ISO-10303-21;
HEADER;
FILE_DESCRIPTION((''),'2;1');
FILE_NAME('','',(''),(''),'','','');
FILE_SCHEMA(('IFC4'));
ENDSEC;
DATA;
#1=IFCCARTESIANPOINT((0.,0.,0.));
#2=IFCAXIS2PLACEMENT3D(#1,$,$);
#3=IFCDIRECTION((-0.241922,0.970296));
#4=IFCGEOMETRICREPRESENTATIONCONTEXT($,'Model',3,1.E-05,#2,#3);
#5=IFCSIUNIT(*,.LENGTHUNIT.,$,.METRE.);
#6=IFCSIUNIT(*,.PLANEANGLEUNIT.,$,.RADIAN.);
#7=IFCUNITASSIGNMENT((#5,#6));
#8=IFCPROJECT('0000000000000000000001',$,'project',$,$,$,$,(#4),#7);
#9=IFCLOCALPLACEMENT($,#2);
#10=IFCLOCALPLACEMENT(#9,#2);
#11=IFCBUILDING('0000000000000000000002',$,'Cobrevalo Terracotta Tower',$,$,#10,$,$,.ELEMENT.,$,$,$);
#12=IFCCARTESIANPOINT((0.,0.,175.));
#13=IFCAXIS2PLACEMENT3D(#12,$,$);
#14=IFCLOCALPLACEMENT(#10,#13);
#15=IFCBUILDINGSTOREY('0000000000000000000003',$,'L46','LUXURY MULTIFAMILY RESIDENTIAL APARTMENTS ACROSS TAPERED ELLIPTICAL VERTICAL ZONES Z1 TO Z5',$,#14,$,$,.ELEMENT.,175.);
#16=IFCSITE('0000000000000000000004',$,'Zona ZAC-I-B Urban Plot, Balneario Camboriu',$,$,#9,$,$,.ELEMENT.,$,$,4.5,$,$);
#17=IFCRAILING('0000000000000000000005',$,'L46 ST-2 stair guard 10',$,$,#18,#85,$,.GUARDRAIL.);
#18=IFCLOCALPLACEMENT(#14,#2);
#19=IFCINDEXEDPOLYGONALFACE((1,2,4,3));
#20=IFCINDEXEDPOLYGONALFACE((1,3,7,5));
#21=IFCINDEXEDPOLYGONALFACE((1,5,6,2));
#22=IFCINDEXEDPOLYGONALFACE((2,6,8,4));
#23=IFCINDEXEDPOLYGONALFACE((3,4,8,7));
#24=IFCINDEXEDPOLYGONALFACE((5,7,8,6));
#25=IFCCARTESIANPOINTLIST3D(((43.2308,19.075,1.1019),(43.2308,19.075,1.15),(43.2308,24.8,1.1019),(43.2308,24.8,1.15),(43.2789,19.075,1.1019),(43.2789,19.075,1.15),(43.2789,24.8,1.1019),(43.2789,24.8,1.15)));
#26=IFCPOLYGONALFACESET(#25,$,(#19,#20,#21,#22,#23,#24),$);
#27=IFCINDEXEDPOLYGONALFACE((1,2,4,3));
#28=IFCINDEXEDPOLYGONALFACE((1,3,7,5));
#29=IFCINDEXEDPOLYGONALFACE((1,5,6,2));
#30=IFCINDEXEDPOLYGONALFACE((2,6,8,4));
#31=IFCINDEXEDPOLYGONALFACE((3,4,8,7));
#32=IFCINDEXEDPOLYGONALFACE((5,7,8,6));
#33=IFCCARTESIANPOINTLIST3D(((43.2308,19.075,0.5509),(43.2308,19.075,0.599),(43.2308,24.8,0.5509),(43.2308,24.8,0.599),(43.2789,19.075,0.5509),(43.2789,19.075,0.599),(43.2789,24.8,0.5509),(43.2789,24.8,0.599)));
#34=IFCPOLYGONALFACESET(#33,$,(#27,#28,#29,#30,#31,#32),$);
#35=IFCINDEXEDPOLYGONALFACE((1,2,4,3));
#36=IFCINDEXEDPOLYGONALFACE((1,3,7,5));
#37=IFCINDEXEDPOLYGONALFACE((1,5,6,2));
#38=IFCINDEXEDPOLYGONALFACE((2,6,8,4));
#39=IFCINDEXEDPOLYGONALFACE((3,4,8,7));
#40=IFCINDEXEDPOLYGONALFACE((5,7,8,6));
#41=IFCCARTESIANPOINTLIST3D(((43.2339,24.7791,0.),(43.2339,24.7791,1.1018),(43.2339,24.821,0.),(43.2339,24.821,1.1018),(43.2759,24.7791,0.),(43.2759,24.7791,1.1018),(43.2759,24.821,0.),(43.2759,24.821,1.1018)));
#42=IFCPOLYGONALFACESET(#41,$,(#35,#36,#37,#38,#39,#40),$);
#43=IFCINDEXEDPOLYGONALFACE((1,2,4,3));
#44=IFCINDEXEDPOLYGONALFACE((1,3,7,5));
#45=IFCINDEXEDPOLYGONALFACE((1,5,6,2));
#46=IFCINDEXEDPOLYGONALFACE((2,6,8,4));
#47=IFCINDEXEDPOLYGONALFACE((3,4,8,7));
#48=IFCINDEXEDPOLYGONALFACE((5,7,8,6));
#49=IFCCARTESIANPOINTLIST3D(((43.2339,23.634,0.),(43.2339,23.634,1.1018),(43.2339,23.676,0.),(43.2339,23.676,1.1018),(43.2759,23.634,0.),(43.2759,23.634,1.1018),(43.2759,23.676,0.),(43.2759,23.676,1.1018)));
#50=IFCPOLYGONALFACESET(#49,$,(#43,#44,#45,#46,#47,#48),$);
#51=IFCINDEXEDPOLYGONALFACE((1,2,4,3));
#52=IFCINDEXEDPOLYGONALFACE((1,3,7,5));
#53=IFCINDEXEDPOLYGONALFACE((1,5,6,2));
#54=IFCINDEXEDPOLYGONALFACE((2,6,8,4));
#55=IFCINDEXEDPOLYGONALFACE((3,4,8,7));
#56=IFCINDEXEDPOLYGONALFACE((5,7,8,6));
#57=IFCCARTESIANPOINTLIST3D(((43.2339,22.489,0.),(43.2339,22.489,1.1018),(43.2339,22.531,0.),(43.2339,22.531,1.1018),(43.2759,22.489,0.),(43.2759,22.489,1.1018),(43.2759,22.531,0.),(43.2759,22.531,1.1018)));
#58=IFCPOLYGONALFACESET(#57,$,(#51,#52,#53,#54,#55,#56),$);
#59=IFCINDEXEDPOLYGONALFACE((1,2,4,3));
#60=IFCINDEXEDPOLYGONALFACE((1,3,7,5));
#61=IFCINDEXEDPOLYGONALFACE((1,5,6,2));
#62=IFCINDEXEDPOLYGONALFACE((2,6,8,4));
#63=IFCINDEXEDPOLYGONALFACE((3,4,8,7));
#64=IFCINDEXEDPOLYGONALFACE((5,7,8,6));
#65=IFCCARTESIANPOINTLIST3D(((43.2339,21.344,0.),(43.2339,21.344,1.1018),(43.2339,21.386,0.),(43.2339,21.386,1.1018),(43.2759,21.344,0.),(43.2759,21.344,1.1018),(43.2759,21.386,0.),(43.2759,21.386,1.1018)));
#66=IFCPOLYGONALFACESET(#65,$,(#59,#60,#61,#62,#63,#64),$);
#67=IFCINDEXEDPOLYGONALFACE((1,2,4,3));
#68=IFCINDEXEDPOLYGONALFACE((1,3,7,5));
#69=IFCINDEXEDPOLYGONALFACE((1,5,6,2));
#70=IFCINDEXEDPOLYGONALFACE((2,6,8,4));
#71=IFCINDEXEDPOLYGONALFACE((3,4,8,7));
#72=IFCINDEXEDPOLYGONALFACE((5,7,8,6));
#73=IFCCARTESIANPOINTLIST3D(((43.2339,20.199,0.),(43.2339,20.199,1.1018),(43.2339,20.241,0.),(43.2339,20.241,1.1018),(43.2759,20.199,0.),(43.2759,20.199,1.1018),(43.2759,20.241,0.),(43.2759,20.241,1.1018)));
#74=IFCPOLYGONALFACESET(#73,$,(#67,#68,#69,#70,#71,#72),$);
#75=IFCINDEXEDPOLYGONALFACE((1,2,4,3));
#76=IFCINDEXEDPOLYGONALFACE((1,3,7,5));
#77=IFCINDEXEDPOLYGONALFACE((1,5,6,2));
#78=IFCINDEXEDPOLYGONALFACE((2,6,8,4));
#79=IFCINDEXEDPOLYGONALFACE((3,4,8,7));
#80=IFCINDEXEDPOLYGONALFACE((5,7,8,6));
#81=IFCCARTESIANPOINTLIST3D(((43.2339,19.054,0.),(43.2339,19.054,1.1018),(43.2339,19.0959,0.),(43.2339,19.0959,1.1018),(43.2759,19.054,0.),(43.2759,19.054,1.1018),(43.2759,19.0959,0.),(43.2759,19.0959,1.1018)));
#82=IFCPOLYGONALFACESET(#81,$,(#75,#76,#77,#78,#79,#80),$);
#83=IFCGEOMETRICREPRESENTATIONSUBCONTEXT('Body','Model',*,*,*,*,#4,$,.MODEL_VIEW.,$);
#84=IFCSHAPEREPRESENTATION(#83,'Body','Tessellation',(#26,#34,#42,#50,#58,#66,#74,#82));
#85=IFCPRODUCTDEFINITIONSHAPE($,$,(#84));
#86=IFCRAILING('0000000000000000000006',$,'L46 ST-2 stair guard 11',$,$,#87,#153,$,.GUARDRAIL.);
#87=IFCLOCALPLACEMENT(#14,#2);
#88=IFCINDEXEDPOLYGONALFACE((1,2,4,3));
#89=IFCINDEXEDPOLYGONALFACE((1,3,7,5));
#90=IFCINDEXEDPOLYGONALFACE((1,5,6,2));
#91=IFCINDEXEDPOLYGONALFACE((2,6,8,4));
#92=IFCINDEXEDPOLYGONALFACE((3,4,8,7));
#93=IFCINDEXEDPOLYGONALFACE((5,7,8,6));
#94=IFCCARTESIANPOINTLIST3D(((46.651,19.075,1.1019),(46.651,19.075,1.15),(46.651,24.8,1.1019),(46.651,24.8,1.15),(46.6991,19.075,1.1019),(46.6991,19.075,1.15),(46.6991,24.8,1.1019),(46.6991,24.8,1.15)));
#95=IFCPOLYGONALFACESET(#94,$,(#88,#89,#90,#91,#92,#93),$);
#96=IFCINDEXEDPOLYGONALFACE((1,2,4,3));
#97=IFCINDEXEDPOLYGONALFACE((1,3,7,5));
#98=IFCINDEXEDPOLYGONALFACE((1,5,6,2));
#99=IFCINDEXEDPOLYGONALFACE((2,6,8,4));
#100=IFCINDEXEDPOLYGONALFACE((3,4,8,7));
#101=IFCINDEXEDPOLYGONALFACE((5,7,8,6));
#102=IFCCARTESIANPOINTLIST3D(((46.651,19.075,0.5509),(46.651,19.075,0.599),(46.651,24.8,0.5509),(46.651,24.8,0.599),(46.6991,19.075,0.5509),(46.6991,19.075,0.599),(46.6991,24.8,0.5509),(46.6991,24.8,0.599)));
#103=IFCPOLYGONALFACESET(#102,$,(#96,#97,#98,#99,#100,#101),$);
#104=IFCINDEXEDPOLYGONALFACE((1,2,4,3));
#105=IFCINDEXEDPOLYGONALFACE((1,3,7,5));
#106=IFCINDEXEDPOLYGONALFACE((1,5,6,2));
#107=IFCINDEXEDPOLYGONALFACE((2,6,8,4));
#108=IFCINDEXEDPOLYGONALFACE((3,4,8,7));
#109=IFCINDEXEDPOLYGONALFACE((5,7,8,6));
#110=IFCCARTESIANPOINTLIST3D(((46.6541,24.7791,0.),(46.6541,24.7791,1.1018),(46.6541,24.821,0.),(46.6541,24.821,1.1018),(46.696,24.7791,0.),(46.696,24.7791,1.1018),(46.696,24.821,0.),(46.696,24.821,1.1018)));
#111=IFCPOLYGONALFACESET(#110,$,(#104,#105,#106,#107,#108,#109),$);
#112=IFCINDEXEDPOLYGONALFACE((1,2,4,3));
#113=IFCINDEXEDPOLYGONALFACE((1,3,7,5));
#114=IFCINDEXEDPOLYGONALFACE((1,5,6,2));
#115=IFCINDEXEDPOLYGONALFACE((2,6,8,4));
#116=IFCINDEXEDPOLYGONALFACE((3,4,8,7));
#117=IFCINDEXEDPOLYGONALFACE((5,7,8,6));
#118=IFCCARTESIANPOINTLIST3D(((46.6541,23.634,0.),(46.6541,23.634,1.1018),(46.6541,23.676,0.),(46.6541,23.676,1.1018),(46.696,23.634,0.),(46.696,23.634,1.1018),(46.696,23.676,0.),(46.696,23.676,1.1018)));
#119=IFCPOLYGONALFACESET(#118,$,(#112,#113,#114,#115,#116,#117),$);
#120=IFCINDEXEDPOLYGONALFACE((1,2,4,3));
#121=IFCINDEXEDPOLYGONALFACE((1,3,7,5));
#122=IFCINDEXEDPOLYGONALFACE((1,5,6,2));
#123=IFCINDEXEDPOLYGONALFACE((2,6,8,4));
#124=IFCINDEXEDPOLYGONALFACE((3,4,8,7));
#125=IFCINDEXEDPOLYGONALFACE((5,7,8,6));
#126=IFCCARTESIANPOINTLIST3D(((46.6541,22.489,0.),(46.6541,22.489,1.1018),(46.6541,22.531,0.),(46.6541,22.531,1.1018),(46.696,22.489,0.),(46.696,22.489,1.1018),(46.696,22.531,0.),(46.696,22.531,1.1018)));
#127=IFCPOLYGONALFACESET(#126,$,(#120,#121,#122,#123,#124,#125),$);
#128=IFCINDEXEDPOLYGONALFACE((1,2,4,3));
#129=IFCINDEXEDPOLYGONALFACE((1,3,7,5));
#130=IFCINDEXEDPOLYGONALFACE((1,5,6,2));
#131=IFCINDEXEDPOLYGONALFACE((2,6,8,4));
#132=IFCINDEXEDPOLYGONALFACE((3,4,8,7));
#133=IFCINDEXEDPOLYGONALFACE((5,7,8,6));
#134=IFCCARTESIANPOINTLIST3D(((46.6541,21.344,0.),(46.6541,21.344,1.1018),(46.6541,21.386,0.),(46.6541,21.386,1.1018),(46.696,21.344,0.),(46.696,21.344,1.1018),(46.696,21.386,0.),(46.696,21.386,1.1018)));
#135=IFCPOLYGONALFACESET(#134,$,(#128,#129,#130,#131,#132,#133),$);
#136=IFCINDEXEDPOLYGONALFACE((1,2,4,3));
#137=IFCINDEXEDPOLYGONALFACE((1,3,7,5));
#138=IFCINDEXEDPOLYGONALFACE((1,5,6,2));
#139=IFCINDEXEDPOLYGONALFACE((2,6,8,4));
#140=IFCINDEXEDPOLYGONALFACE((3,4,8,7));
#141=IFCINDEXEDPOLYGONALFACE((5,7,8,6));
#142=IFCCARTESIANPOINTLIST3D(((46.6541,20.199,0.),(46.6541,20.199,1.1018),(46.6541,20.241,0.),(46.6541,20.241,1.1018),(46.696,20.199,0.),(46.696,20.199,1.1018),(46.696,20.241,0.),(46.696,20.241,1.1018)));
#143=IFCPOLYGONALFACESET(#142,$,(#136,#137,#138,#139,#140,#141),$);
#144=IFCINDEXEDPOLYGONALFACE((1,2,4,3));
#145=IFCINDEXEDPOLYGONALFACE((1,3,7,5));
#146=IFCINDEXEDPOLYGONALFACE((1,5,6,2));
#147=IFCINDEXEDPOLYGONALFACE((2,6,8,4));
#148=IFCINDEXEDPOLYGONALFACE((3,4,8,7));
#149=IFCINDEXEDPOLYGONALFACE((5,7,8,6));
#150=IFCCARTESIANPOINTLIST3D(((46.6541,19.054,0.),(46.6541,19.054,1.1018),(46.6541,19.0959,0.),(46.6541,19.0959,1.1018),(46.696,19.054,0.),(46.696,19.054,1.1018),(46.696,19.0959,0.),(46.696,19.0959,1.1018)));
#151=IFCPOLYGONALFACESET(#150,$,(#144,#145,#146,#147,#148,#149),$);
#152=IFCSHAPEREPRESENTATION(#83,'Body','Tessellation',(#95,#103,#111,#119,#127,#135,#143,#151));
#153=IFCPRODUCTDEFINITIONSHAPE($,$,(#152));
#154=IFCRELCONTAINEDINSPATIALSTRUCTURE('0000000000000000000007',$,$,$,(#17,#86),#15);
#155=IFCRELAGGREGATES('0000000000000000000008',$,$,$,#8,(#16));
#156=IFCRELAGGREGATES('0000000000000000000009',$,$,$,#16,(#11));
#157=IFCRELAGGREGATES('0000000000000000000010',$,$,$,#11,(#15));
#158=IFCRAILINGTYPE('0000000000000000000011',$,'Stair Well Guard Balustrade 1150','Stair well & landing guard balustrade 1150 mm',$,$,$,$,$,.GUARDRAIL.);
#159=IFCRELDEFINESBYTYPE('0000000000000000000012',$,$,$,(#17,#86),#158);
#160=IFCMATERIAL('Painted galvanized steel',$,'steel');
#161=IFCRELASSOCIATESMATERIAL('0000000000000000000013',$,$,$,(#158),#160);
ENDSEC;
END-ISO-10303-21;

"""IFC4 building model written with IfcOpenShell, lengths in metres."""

from ifc_helpers import new_model, si_unit, direction, frame, origin, origin_2d, place, context, subcontext, project, spatial, rectangle, extrude, material, type_object, element, save


model = new_model("IFC4")

# Units and contexts
model_context = context("Model", 3, precision=1e-05, world=origin(), true_north=direction((-0.241922, 0.970296)))
body_context = subcontext(model_context, "Body", "Model", "MODEL_VIEW")
ifc_project = project(units=[si_unit("LENGTHUNIT", "METRE"), si_unit("PLANEANGLEUNIT", "RADIAN")], contexts=[model_context])

# Site, building, storey
site_placement = place(None, origin())
site = spatial("IfcSite", under=ifc_project, at=site_placement, Name="Zona ZAC-I-B Urban Plot, Balneario Camboriu", CompositionType="ELEMENT", RefElevation=4.5)
building_placement = place(site_placement, origin())
building = spatial("IfcBuilding", under=site, at=building_placement, Name="Cobrevalo Terracotta Tower", CompositionType="ELEMENT")
storey_placement = place(building_placement, frame((0.0, 0.0, 175.0)))
storey = spatial("IfcBuildingStorey", under=building, at=storey_placement, Name="L46", Description="LUXURY MULTIFAMILY RESIDENTIAL APARTMENTS ACROSS TAPERED ELLIPTICAL VERTICAL ZONES Z1 TO Z5", CompositionType="ELEMENT", Elevation=175.0)

# Railings
ifc_material_1 = material(Name="Painted galvanized steel", Category="steel")
railing_type_1 = type_object("IfcRailingType", Name="Stair Well Guard Balustrade 1150", Description="Stair well & landing guard balustrade 1150 mm", PredefinedType="GUARDRAIL", material=ifc_material_1)
for number, where, name in (
    (1, (43.2549, 24.8, 0.0), "L46 ST-2 stair guard 10"),
    (2, (46.675, 24.8, 0.0), "L46 ST-2 stair guard 11"),
):
    element("IfcRailing", number, at=place(storey_placement, frame(where)), inside=storey, type_object=railing_type_1, Name=name, PredefinedType="GUARDRAIL", context=body_context, shape_type="SweptSolid", body=[
        extrude(rectangle(XDim=0.0481, YDim=0.0481, at=origin_2d()), frame((0.0, 0.0, 1.126), z_axis=(0.0, -1.0, 0.0), x_axis=(1.0, 0.0, 0.0)), (0.0, 0.0, 1.0), 5.7251),
        extrude(rectangle(XDim=0.0481, YDim=0.0481, at=origin_2d()), frame((0.0, 0.0, 0.575), z_axis=(0.0, -1.0, 0.0), x_axis=(1.0, 0.0, 0.0)), (0.0, 0.0, 1.0), 5.7251),
        extrude(rectangle(XDim=0.042, YDim=0.042, at=origin_2d()), origin(), (0.0, 0.0, 1.0), 1.1018),
        extrude(rectangle(XDim=0.042, YDim=0.042, at=origin_2d()), frame((0.0, -1.145, 0.0)), (0.0, 0.0, 1.0), 1.1018),
        extrude(rectangle(XDim=0.042, YDim=0.042, at=origin_2d()), frame((0.0, -2.29, 0.0)), (0.0, 0.0, 1.0), 1.1018),
        extrude(rectangle(XDim=0.042, YDim=0.042, at=origin_2d()), frame((0.0, -3.4351, 0.0)), (0.0, 0.0, 1.0), 1.1018),
        extrude(rectangle(XDim=0.042, YDim=0.042, at=origin_2d()), frame((0.0, -4.5801, 0.0)), (0.0, 0.0, 1.0), 1.1018),
        extrude(rectangle(XDim=0.042, YDim=0.042, at=origin_2d()), frame((0.0, -5.7251, 0.0)), (0.0, 0.0, 1.0), 1.1018),
    ])

save(model, "model.ifc")
